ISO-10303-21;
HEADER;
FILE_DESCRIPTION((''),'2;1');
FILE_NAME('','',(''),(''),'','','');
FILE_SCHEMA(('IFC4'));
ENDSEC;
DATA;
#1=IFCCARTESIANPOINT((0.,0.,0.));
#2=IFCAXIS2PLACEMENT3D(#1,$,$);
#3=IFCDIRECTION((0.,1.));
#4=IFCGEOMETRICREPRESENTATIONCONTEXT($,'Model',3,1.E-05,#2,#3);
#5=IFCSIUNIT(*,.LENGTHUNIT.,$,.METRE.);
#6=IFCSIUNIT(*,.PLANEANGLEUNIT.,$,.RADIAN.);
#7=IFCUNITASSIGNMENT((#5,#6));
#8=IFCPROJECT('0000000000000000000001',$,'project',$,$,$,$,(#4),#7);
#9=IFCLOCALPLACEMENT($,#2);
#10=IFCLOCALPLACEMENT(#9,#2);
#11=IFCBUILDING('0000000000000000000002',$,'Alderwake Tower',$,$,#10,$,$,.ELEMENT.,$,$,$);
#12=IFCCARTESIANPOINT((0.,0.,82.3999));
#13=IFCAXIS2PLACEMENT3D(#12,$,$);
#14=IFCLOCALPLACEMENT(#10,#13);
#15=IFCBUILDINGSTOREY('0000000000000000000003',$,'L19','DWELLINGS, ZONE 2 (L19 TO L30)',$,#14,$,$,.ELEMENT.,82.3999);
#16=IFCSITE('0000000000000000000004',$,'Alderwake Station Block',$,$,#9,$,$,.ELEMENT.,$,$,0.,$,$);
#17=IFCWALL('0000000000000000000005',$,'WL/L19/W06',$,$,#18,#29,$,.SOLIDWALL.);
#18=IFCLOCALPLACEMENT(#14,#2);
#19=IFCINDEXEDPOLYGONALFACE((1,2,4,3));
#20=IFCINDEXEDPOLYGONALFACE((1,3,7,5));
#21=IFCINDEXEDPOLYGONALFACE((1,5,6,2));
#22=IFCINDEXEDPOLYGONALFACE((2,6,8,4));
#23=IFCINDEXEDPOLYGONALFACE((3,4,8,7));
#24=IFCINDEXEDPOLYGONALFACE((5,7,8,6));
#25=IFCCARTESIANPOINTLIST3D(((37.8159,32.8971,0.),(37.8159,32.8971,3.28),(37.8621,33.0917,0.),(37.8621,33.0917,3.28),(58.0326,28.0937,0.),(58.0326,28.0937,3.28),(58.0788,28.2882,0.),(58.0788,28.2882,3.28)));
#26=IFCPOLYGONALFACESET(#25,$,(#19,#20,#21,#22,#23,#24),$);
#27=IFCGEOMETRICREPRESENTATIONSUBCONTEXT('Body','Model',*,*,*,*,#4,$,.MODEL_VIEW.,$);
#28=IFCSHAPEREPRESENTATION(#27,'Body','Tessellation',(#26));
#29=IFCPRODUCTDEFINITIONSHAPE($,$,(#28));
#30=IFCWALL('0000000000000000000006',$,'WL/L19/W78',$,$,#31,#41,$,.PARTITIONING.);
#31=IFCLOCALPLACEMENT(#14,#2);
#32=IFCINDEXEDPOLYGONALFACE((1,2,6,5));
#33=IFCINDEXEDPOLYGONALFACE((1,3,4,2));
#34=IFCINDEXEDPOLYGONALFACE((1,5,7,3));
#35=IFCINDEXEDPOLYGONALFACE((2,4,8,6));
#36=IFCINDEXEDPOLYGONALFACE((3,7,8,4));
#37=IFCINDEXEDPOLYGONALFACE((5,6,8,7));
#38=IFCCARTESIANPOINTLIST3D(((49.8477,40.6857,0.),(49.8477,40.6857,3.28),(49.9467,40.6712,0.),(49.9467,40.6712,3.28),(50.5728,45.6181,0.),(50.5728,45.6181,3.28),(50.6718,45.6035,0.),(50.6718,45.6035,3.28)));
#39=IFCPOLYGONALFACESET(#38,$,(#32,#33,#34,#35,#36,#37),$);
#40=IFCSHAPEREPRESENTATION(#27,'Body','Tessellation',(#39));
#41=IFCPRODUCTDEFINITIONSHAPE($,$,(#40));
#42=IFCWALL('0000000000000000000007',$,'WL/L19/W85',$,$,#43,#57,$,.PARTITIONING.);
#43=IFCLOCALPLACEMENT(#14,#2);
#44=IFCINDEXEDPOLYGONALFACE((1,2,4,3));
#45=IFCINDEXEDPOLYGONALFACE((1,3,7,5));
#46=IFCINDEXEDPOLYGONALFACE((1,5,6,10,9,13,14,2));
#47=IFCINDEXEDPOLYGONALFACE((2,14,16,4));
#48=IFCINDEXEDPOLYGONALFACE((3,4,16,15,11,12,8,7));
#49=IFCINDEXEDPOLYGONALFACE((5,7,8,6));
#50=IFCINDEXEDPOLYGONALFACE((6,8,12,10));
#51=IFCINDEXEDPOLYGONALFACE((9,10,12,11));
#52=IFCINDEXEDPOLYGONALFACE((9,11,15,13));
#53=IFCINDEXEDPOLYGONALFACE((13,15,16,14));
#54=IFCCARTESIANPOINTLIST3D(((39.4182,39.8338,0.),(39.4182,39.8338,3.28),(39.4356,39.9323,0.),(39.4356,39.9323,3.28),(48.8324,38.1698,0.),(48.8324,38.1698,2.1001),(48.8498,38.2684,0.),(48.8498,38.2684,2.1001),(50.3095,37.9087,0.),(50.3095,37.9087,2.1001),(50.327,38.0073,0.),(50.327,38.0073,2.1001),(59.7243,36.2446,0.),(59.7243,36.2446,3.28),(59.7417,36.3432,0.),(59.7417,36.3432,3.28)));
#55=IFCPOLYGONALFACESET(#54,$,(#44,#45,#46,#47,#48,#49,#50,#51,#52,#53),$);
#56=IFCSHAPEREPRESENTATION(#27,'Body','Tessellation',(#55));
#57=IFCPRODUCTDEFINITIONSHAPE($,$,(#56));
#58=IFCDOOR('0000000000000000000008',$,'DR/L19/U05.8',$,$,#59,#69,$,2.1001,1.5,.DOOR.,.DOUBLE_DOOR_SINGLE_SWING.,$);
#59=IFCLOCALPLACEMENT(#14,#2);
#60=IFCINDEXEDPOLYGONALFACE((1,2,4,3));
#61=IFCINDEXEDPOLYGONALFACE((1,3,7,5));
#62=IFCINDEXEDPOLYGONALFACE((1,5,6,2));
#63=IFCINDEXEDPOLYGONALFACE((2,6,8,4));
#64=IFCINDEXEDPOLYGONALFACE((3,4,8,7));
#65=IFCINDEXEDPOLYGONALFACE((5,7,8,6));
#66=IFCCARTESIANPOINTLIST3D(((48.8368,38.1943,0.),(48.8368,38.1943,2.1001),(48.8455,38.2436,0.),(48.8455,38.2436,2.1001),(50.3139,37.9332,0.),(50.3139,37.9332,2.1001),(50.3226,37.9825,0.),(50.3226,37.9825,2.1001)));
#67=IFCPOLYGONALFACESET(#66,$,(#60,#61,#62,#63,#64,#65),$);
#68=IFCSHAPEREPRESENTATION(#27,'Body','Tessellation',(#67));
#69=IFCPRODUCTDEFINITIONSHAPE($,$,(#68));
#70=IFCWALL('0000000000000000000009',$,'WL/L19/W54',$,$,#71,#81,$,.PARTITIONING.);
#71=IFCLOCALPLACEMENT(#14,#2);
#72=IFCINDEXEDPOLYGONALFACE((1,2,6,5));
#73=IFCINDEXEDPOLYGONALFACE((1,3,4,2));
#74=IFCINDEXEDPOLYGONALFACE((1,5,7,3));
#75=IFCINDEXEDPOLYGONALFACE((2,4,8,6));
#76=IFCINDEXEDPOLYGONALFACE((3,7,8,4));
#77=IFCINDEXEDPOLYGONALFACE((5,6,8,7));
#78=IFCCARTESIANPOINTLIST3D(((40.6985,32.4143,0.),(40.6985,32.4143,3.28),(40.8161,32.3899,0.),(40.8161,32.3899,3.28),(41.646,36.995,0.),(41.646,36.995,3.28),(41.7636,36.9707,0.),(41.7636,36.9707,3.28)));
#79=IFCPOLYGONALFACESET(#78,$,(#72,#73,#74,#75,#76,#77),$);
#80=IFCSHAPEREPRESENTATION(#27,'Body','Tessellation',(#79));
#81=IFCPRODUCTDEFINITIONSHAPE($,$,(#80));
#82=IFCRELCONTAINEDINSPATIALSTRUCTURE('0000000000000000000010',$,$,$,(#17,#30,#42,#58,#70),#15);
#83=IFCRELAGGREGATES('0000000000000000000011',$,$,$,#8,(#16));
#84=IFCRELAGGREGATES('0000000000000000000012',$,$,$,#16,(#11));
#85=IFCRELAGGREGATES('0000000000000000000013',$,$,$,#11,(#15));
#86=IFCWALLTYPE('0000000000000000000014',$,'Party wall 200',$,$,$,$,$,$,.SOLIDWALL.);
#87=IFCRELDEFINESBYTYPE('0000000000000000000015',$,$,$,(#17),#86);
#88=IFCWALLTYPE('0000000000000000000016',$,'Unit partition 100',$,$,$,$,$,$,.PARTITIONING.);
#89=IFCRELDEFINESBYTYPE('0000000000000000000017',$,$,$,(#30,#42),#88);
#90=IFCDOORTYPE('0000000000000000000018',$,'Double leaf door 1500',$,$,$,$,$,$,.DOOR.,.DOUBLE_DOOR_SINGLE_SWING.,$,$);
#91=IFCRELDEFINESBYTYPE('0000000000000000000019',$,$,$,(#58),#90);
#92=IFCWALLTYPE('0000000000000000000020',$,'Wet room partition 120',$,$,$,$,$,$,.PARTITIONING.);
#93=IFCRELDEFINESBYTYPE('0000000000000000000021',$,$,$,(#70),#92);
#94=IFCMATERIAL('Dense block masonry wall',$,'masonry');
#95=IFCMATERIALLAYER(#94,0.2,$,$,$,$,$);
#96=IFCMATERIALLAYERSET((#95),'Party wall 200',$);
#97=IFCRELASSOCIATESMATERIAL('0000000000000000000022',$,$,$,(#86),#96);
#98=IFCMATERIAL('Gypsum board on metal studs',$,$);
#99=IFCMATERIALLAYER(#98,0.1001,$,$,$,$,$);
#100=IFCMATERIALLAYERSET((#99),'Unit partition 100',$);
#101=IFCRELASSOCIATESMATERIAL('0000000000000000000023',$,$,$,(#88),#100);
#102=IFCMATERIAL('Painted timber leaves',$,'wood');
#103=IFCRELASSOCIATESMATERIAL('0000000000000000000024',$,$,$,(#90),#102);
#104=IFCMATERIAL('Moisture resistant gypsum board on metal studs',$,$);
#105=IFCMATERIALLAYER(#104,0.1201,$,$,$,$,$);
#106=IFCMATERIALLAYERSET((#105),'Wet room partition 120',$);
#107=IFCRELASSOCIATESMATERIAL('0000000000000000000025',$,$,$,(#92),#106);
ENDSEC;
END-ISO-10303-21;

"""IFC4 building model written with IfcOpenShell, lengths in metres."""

from ifc_helpers import new_model, si_unit, direction, frame, frame_2d, origin, place, context, subcontext, project, spatial, rectangle, extrude, material, layer, layer_set, type_object, element, fill, save


model = new_model("IFC4")

# Units and contexts
model_context = context("Model", 3, precision=1e-05, world=origin(), true_north=direction((0.0, 1.0)))
body_context = subcontext(model_context, "Body", "Model", "MODEL_VIEW")
ifc_project = project(units=[si_unit("LENGTHUNIT", "METRE"), si_unit("PLANEANGLEUNIT", "RADIAN")], contexts=[model_context])

# Site, building, storey
site_placement = place(None, origin())
site = spatial("IfcSite", under=ifc_project, at=site_placement, Name="Alderwake Station Block", CompositionType="ELEMENT", RefElevation=0.0)
building_placement = place(site_placement, origin())
building = spatial("IfcBuilding", under=site, at=building_placement, Name="Alderwake Tower", CompositionType="ELEMENT")
storey_placement = place(building_placement, frame((0.0, 0.0, 82.3999)))
storey = spatial("IfcBuildingStorey", under=building, at=storey_placement, Name="L19", Description="DWELLINGS, ZONE 2 (L19 TO L30)", CompositionType="ELEMENT", Elevation=82.3999)

# Walls
ifc_material_1 = material(Name="Dense block masonry wall", Category="masonry")
ifc_layer_1 = layer(ifc_material_1, 0.2)
ifc_layer_set_1 = layer_set([ifc_layer_1], Name="Party wall 200")
wall_type_1 = type_object("IfcWallType", Name="Party wall 200", PredefinedType="SOLIDWALL", material=ifc_layer_set_1)
wall_1_placement = place(storey_placement, frame((37.8391, 32.9944, 0.0), z_axis=(0.0, 0.0, 1.0), x_axis=(0.972915, -0.231163, 0.0)))
element("IfcWall", 1, at=wall_1_placement, inside=storey, type_object=wall_type_1, Name="WL/L19/W06", PredefinedType="SOLIDWALL", context=body_context, shape_type="SweptSolid", body=[
    extrude(rectangle(XDim=20.7795, YDim=0.2, at=frame_2d((10.3896, 0.0))), origin(), (0.0, 0.0, 1.0), 3.28),
])
ifc_material_2 = material(Name="Gypsum board on metal studs")
ifc_layer_2 = layer(ifc_material_2, 0.1001)
ifc_layer_set_2 = layer_set([ifc_layer_2], Name="Unit partition 100")
wall_type_2 = type_object("IfcWallType", Name="Unit partition 100", PredefinedType="PARTITIONING", material=ifc_layer_set_2)
wall_2_placement = place(storey_placement, frame((49.8972, 40.6785, 0.0), z_axis=(0.0, 0.0, 1.0), x_axis=(0.145445, 0.989366, 0.0)))
element("IfcWall", 2, at=wall_2_placement, inside=storey, type_object=wall_type_2, Name="WL/L19/W78", PredefinedType="PARTITIONING", context=body_context, shape_type="SweptSolid", body=[
    extrude(rectangle(XDim=4.9854, YDim=0.1001, at=frame_2d((2.4927, 0.0))), origin(), (0.0, 0.0, 1.0), 3.28),
])

# Wall, opening, door
wall_3_placement = place(storey_placement, frame((39.4268, 39.8831, 0.0), z_axis=(0.0, 0.0, 1.0), x_axis=(0.984736, -0.174052, 0.0)))
wall_3 = element("IfcWall", 3, at=wall_3_placement, inside=storey, type_object=wall_type_2, Name="WL/L19/W85", PredefinedType="PARTITIONING", context=body_context, shape_type="SweptSolid", body=[
    extrude(rectangle(XDim=20.6208, YDim=0.1001, at=frame_2d((10.3105, 0.0))), origin(), (0.0, 0.0, 1.0), 3.28),
])
opening_1_placement = place(wall_3_placement, frame((9.5603, 0.0, 0.0)))
opening_1 = element("IfcOpeningElement", 4, at=opening_1_placement, cuts=wall_3, PredefinedType="OPENING", context=body_context, shape_type="SweptSolid", body=[
    extrude(rectangle(XDim=1.5, YDim=2.1001, at=frame_2d((0.75, 1.05))), frame((0.0, 0.0601, 0.0), z_axis=(0.0, -1.0, 0.0), x_axis=(1.0, 0.0, 0.0)), (0.0, 0.0, 1.0), 0.1201),
])
ifc_material_3 = material(Name="Painted timber leaves", Category="wood")
door_type_1 = type_object("IfcDoorType", Name="Double leaf door 1500", OperationType="DOUBLE_DOOR_SINGLE_SWING", PredefinedType="DOOR", material=ifc_material_3)
door_1_placement = place(opening_1_placement, origin())
door_1 = element("IfcDoor", 5, at=door_1_placement, inside=storey, type_object=door_type_1, Name="DR/L19/U05.8", OperationType="DOUBLE_DOOR_SINGLE_SWING", OverallHeight=2.1001, OverallWidth=1.5, PredefinedType="DOOR", context=body_context, shape_type="SweptSolid", body=[
    extrude(rectangle(XDim=1.5, YDim=2.1001, at=frame_2d((0.75, 1.05))), frame((0.0, 0.0249, 0.0), z_axis=(0.0, -1.0, 0.0), x_axis=(1.0, 0.0, 0.0)), (0.0, 0.0, 1.0), 0.05),
])
fill(opening_1, door_1)

# Wall
ifc_material_4 = material(Name="Moisture resistant gypsum board on metal studs")
ifc_layer_3 = layer(ifc_material_4, 0.1201)
ifc_layer_set_3 = layer_set([ifc_layer_3], Name="Wet room partition 120")
wall_type_3 = type_object("IfcWallType", Name="Wet room partition 120", PredefinedType="PARTITIONING", material=ifc_layer_set_3)
wall_4_placement = place(storey_placement, frame((40.7573, 32.4021, 0.0), z_axis=(0.0, 0.0, 1.0), x_axis=(0.202556, 0.979271, 0.0)))
element("IfcWall", 6, at=wall_4_placement, inside=storey, type_object=wall_type_3, Name="WL/L19/W54", PredefinedType="PARTITIONING", context=body_context, shape_type="SweptSolid", body=[
    extrude(rectangle(XDim=4.6777, YDim=0.1201, at=frame_2d((2.3389, 0.0))), origin(), (0.0, 0.0, 1.0), 3.28),
])

save(model, "model.ifc")
